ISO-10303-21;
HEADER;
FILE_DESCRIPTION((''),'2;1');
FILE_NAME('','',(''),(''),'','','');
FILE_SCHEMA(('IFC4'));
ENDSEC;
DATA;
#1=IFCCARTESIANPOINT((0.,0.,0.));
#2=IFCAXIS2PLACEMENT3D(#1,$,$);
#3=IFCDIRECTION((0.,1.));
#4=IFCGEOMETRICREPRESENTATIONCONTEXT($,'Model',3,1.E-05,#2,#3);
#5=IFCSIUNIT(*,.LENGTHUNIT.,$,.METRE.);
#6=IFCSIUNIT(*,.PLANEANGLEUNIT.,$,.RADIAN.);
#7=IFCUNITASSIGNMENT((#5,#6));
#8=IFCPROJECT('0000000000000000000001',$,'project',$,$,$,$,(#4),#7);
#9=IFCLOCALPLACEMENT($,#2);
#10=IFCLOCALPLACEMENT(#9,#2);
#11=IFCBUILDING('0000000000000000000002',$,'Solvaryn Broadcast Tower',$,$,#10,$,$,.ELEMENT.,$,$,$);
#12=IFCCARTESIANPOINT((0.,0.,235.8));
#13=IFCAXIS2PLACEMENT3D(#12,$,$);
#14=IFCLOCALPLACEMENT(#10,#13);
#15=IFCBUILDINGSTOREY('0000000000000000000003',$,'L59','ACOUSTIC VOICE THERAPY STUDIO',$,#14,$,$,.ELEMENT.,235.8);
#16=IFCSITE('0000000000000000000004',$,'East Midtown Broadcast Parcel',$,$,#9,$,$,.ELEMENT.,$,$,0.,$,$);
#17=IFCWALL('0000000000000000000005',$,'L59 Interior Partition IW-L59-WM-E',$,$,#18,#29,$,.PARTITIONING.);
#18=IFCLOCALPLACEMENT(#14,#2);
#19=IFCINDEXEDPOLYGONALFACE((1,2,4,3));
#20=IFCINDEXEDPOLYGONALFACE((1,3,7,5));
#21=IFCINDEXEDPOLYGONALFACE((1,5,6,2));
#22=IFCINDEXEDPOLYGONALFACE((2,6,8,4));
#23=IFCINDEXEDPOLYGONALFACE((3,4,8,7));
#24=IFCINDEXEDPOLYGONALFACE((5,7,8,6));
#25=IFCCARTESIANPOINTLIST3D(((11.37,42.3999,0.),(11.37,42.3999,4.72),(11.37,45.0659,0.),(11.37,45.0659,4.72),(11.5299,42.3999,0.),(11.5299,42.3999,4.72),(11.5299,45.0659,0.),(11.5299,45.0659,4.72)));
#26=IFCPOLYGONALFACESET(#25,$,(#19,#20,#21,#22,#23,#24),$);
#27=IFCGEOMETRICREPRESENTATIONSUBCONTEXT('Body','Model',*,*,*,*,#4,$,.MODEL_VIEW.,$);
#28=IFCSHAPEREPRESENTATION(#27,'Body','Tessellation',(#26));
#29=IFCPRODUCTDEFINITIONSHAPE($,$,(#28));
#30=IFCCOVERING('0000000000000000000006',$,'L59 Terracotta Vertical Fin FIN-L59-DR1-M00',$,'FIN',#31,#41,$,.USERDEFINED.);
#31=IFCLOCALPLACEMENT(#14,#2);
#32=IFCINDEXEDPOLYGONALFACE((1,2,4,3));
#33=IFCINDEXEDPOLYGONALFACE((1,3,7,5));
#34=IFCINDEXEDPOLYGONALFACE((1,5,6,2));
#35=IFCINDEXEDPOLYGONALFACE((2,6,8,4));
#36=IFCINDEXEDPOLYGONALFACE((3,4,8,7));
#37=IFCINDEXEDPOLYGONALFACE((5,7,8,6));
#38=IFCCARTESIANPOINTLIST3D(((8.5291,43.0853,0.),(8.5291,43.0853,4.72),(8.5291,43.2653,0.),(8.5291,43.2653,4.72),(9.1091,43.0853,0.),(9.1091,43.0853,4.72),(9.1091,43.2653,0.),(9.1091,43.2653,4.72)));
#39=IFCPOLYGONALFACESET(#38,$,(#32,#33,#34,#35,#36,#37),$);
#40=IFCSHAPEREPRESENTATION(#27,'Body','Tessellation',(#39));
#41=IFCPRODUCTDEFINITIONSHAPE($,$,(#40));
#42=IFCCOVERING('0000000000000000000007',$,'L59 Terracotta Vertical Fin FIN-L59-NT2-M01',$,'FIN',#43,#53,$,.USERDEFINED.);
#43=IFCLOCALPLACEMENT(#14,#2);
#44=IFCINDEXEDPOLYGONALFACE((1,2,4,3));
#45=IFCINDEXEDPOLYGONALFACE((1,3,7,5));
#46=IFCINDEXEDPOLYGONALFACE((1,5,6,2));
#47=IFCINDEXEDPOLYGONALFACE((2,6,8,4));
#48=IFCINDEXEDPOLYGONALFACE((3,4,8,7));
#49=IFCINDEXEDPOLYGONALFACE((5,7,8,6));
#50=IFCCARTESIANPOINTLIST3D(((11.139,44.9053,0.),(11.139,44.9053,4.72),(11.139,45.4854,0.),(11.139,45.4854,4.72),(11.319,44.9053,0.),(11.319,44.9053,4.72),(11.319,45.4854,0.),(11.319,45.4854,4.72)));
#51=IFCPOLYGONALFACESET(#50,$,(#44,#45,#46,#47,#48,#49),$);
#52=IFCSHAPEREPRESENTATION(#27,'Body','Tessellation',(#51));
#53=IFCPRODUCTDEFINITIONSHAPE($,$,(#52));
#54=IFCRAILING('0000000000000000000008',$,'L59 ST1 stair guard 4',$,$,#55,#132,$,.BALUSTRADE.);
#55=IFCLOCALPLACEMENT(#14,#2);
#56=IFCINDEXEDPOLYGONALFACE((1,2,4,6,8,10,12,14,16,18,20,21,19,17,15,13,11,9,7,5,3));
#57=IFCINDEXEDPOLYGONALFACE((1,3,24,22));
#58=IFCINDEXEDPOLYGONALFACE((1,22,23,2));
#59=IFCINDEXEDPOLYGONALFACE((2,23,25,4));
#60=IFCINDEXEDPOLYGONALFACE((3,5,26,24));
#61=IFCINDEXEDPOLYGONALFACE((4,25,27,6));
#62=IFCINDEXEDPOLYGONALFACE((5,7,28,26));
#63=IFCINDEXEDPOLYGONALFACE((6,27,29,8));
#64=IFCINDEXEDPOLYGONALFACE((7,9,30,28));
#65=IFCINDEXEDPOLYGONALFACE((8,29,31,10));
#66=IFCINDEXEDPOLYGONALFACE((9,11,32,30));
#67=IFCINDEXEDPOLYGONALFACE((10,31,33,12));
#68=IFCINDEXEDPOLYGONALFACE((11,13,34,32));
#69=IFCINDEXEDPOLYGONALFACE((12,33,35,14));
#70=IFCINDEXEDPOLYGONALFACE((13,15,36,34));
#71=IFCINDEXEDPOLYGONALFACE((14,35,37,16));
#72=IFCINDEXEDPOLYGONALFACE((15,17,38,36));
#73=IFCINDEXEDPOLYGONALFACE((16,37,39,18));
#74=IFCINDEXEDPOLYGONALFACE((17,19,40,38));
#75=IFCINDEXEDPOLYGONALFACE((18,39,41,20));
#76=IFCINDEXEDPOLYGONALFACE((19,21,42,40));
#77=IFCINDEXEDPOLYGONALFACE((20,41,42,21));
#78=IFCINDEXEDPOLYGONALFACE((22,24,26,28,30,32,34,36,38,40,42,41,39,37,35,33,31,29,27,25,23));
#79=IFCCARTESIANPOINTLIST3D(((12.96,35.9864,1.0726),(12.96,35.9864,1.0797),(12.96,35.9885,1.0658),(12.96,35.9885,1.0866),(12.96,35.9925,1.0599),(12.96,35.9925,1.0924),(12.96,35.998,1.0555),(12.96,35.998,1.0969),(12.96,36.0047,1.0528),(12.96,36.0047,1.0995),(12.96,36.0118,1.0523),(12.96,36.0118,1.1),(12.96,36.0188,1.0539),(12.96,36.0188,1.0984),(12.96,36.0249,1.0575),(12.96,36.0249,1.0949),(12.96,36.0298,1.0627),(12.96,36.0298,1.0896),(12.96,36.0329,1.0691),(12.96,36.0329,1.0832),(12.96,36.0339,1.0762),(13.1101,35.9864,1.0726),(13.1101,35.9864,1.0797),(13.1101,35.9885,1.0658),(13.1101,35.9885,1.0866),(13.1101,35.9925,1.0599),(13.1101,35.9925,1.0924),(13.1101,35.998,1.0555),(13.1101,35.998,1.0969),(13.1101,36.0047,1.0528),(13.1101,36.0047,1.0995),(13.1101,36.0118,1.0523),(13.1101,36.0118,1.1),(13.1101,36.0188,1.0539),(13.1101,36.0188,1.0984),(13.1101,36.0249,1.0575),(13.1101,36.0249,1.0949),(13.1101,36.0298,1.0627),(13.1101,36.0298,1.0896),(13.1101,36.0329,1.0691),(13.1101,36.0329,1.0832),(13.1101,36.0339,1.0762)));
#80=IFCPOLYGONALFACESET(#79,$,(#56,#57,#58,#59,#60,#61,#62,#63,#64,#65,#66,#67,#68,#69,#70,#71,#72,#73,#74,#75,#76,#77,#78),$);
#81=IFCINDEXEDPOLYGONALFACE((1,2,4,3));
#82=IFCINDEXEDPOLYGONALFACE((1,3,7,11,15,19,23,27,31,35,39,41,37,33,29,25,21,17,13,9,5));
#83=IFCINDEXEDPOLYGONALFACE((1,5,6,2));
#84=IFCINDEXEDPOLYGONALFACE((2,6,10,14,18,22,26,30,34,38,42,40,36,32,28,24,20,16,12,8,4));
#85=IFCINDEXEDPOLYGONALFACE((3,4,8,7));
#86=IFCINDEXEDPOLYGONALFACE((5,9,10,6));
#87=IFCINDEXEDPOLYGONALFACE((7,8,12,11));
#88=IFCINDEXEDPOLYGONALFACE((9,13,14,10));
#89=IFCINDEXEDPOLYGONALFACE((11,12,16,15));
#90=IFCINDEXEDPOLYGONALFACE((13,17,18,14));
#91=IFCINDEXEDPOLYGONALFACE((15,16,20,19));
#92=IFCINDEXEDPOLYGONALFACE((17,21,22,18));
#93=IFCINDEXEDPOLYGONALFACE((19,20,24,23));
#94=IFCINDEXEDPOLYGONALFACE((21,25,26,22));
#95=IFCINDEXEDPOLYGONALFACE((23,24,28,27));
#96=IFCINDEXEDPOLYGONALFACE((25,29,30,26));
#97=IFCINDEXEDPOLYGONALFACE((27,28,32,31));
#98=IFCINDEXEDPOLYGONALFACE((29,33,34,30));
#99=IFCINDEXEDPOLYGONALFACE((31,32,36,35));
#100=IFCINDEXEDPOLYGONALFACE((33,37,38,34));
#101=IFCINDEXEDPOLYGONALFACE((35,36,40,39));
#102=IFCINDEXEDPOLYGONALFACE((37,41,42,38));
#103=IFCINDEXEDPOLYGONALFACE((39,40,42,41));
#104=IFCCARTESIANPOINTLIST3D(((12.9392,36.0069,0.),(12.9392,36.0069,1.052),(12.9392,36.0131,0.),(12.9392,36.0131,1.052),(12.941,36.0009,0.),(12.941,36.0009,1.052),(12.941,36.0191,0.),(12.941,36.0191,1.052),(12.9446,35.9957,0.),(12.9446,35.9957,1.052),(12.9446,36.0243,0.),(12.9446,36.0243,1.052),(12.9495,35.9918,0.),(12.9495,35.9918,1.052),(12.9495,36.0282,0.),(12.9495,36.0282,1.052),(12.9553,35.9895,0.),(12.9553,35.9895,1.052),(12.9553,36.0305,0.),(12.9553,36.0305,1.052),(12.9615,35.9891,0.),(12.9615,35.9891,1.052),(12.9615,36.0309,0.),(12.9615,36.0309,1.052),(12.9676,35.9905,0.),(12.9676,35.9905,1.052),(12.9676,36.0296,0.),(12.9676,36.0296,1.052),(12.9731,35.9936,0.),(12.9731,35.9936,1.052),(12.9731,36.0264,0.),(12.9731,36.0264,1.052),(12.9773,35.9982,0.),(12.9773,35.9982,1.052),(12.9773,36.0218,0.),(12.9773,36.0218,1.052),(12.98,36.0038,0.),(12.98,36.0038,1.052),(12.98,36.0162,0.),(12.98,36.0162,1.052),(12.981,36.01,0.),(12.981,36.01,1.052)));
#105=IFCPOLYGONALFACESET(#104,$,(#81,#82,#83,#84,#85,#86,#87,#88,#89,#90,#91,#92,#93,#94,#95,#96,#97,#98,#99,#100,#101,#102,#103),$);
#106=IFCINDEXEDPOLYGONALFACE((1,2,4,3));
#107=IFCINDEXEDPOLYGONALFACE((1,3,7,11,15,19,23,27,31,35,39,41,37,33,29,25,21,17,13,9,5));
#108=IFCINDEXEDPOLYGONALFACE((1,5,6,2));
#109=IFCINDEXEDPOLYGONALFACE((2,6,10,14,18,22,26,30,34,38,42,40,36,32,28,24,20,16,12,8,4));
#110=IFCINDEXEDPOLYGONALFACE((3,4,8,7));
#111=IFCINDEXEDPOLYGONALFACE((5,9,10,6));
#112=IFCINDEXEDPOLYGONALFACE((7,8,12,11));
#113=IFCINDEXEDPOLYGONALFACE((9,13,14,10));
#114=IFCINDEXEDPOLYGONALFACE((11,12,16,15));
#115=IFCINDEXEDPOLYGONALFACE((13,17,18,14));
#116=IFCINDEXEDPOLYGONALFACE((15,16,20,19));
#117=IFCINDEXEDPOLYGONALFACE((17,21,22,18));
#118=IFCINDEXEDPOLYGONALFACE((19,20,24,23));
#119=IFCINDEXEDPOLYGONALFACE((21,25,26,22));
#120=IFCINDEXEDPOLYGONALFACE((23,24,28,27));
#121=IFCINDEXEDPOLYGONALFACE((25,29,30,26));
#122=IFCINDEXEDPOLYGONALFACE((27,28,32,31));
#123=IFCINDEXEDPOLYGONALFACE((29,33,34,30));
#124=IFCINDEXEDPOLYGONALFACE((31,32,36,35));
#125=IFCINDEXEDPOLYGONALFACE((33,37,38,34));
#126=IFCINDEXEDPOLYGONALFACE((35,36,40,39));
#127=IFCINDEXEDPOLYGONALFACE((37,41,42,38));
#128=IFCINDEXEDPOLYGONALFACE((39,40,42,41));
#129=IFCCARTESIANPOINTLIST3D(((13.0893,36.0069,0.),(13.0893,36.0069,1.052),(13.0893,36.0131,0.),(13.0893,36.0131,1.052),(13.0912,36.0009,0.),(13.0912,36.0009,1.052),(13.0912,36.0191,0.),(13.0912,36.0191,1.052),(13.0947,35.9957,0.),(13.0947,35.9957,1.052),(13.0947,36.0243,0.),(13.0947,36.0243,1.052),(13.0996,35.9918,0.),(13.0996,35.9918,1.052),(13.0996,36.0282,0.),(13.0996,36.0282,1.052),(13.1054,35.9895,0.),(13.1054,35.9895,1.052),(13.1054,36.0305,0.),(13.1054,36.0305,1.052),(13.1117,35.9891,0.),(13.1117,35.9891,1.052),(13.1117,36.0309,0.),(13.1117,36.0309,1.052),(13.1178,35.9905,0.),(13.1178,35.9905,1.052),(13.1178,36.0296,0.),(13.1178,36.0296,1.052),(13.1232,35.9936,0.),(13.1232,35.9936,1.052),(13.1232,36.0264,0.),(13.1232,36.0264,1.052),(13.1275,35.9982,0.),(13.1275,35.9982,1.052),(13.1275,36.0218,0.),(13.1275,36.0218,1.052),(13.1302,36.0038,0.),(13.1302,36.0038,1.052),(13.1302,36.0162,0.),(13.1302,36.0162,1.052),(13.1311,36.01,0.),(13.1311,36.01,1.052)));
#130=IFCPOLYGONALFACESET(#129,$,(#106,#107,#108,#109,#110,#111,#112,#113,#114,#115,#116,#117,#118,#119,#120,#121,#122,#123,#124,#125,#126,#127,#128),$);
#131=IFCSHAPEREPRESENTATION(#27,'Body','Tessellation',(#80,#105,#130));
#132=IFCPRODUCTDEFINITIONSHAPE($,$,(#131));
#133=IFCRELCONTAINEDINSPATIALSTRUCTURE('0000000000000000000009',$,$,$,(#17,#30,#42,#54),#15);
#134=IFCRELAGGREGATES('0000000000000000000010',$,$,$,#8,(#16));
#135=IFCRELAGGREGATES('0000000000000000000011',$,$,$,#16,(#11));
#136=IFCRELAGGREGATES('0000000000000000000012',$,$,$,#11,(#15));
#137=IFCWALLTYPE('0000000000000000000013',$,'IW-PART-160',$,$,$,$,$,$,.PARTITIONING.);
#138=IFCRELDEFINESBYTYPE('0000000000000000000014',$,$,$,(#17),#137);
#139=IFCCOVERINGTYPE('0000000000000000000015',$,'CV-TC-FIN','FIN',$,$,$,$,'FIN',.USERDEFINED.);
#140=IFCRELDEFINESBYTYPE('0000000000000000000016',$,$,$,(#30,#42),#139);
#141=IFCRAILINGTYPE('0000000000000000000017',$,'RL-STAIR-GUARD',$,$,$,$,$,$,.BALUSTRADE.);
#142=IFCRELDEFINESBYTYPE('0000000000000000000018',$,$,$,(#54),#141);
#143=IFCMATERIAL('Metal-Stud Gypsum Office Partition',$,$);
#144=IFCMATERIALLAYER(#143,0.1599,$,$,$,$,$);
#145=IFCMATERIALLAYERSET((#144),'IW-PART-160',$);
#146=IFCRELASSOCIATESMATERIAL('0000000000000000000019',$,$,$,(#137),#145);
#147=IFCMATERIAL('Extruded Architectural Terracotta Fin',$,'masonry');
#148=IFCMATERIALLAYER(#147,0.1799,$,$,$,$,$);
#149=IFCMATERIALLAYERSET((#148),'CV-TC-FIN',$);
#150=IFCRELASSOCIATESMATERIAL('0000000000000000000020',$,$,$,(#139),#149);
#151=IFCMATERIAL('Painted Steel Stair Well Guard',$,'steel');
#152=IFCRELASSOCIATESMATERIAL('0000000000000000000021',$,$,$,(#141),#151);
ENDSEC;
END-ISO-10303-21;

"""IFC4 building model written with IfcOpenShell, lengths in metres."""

from ifc_helpers import new_model, si_unit, direction, frame, frame_2d, origin, origin_2d, place, context, subcontext, project, spatial, rectangle, circle, extrude, material, layer, layer_set, type_object, element, save


model = new_model("IFC4")

# Units and contexts
model_context = context("Model", 3, precision=1e-05, world=origin(), true_north=direction((0.0, 1.0)))
body_context = subcontext(model_context, "Body", "Model", "MODEL_VIEW")
ifc_project = project(units=[si_unit("LENGTHUNIT", "METRE"), si_unit("PLANEANGLEUNIT", "RADIAN")], contexts=[model_context])

# Site, building, storey
site_placement = place(None, origin())
site = spatial("IfcSite", under=ifc_project, at=site_placement, Name="East Midtown Broadcast Parcel", CompositionType="ELEMENT", RefElevation=0.0)
building_placement = place(site_placement, origin())
building = spatial("IfcBuilding", under=site, at=building_placement, Name="Solvaryn Broadcast Tower", CompositionType="ELEMENT")
storey_placement = place(building_placement, frame((0.0, 0.0, 235.8)))
storey = spatial("IfcBuildingStorey", under=building, at=storey_placement, Name="L59", Description="ACOUSTIC VOICE THERAPY STUDIO", CompositionType="ELEMENT", Elevation=235.8)

# Wall
ifc_material_1 = material(Name="Metal-Stud Gypsum Office Partition")
ifc_layer_1 = layer(ifc_material_1, 0.1599)
ifc_layer_set_1 = layer_set([ifc_layer_1], Name="IW-PART-160")
wall_type_1 = type_object("IfcWallType", Name="IW-PART-160", PredefinedType="PARTITIONING", material=ifc_layer_set_1)
wall_1_placement = place(storey_placement, frame((11.45, 42.3999, 0.0), z_axis=(0.0, 0.0, 1.0), x_axis=(0.0, 1.0, 0.0)))
element("IfcWall", 1, at=wall_1_placement, inside=storey, type_object=wall_type_1, Name="L59 Interior Partition IW-L59-WM-E", PredefinedType="PARTITIONING", context=body_context, shape_type="SweptSolid", body=[
    extrude(rectangle(XDim=2.666, YDim=0.1599, at=frame_2d((1.333, 0.0))), origin(), (0.0, 0.0, 1.0), 4.72),
])

# Coverings
ifc_material_2 = material(Name="Extruded Architectural Terracotta Fin", Category="masonry")
ifc_layer_2 = layer(ifc_material_2, 0.1799)
ifc_layer_set_2 = layer_set([ifc_layer_2], Name="CV-TC-FIN")
covering_type = type_object("IfcCoveringType", Name="CV-TC-FIN", Description="FIN", ElementType="FIN", PredefinedType="USERDEFINED", material=ifc_layer_set_2)
covering_1_placement = place(storey_placement, frame((8.8191, 43.1753, 0.0), z_axis=(0.0, 0.0, 1.0), x_axis=(1.0, 0.0, 0.0)))
element("IfcCovering", 2, at=covering_1_placement, inside=storey, type_object=covering_type, Name="L59 Terracotta Vertical Fin FIN-L59-DR1-M00", ObjectType="FIN", PredefinedType="USERDEFINED", context=body_context, shape_type="SweptSolid", body=[
    extrude(rectangle(XDim=0.5801, YDim=0.1799, at=origin_2d()), origin(), (0.0, 0.0, 1.0), 4.72),
])
covering_2_placement = place(storey_placement, frame((11.229, 45.1953, 0.0), z_axis=(0.0, 0.0, 1.0), x_axis=(1.0, 0.0, 0.0)))
element("IfcCovering", 3, at=covering_2_placement, inside=storey, type_object=covering_type, Name="L59 Terracotta Vertical Fin FIN-L59-NT2-M01", ObjectType="FIN", PredefinedType="USERDEFINED", context=body_context, shape_type="SweptSolid", body=[
    extrude(rectangle(XDim=0.1799, YDim=0.5801, at=origin_2d()), origin(), (0.0, 0.0, 1.0), 4.72),
])

# Railing
ifc_material_3 = material(Name="Painted Steel Stair Well Guard", Category="steel")
railing_type_1 = type_object("IfcRailingType", Name="RL-STAIR-GUARD", PredefinedType="BALUSTRADE", material=ifc_material_3)
railing_1_placement = place(storey_placement, frame((12.96, 36.01, 0.0)))
element("IfcRailing", 4, at=railing_1_placement, inside=storey, type_object=railing_type_1, Name="L59 ST1 stair guard 4", PredefinedType="BALUSTRADE", context=body_context, shape_type="SweptSolid", body=[
    extrude(circle(Radius=0.0239, at=origin_2d()), frame((0.0, 0.0, 1.0762), z_axis=(1.0, 0.0, 0.0), x_axis=(0.0, 1.0, 0.0)), (0.0, 0.0, 1.0), 0.1501),
    extrude(circle(Radius=0.021, at=origin_2d()), origin(), (0.0, 0.0, 1.0), 1.052),
    extrude(circle(Radius=0.021, at=origin_2d()), frame((0.1501, 0.0, 0.0)), (0.0, 0.0, 1.0), 1.052),
])

save(model, "model.ifc")
